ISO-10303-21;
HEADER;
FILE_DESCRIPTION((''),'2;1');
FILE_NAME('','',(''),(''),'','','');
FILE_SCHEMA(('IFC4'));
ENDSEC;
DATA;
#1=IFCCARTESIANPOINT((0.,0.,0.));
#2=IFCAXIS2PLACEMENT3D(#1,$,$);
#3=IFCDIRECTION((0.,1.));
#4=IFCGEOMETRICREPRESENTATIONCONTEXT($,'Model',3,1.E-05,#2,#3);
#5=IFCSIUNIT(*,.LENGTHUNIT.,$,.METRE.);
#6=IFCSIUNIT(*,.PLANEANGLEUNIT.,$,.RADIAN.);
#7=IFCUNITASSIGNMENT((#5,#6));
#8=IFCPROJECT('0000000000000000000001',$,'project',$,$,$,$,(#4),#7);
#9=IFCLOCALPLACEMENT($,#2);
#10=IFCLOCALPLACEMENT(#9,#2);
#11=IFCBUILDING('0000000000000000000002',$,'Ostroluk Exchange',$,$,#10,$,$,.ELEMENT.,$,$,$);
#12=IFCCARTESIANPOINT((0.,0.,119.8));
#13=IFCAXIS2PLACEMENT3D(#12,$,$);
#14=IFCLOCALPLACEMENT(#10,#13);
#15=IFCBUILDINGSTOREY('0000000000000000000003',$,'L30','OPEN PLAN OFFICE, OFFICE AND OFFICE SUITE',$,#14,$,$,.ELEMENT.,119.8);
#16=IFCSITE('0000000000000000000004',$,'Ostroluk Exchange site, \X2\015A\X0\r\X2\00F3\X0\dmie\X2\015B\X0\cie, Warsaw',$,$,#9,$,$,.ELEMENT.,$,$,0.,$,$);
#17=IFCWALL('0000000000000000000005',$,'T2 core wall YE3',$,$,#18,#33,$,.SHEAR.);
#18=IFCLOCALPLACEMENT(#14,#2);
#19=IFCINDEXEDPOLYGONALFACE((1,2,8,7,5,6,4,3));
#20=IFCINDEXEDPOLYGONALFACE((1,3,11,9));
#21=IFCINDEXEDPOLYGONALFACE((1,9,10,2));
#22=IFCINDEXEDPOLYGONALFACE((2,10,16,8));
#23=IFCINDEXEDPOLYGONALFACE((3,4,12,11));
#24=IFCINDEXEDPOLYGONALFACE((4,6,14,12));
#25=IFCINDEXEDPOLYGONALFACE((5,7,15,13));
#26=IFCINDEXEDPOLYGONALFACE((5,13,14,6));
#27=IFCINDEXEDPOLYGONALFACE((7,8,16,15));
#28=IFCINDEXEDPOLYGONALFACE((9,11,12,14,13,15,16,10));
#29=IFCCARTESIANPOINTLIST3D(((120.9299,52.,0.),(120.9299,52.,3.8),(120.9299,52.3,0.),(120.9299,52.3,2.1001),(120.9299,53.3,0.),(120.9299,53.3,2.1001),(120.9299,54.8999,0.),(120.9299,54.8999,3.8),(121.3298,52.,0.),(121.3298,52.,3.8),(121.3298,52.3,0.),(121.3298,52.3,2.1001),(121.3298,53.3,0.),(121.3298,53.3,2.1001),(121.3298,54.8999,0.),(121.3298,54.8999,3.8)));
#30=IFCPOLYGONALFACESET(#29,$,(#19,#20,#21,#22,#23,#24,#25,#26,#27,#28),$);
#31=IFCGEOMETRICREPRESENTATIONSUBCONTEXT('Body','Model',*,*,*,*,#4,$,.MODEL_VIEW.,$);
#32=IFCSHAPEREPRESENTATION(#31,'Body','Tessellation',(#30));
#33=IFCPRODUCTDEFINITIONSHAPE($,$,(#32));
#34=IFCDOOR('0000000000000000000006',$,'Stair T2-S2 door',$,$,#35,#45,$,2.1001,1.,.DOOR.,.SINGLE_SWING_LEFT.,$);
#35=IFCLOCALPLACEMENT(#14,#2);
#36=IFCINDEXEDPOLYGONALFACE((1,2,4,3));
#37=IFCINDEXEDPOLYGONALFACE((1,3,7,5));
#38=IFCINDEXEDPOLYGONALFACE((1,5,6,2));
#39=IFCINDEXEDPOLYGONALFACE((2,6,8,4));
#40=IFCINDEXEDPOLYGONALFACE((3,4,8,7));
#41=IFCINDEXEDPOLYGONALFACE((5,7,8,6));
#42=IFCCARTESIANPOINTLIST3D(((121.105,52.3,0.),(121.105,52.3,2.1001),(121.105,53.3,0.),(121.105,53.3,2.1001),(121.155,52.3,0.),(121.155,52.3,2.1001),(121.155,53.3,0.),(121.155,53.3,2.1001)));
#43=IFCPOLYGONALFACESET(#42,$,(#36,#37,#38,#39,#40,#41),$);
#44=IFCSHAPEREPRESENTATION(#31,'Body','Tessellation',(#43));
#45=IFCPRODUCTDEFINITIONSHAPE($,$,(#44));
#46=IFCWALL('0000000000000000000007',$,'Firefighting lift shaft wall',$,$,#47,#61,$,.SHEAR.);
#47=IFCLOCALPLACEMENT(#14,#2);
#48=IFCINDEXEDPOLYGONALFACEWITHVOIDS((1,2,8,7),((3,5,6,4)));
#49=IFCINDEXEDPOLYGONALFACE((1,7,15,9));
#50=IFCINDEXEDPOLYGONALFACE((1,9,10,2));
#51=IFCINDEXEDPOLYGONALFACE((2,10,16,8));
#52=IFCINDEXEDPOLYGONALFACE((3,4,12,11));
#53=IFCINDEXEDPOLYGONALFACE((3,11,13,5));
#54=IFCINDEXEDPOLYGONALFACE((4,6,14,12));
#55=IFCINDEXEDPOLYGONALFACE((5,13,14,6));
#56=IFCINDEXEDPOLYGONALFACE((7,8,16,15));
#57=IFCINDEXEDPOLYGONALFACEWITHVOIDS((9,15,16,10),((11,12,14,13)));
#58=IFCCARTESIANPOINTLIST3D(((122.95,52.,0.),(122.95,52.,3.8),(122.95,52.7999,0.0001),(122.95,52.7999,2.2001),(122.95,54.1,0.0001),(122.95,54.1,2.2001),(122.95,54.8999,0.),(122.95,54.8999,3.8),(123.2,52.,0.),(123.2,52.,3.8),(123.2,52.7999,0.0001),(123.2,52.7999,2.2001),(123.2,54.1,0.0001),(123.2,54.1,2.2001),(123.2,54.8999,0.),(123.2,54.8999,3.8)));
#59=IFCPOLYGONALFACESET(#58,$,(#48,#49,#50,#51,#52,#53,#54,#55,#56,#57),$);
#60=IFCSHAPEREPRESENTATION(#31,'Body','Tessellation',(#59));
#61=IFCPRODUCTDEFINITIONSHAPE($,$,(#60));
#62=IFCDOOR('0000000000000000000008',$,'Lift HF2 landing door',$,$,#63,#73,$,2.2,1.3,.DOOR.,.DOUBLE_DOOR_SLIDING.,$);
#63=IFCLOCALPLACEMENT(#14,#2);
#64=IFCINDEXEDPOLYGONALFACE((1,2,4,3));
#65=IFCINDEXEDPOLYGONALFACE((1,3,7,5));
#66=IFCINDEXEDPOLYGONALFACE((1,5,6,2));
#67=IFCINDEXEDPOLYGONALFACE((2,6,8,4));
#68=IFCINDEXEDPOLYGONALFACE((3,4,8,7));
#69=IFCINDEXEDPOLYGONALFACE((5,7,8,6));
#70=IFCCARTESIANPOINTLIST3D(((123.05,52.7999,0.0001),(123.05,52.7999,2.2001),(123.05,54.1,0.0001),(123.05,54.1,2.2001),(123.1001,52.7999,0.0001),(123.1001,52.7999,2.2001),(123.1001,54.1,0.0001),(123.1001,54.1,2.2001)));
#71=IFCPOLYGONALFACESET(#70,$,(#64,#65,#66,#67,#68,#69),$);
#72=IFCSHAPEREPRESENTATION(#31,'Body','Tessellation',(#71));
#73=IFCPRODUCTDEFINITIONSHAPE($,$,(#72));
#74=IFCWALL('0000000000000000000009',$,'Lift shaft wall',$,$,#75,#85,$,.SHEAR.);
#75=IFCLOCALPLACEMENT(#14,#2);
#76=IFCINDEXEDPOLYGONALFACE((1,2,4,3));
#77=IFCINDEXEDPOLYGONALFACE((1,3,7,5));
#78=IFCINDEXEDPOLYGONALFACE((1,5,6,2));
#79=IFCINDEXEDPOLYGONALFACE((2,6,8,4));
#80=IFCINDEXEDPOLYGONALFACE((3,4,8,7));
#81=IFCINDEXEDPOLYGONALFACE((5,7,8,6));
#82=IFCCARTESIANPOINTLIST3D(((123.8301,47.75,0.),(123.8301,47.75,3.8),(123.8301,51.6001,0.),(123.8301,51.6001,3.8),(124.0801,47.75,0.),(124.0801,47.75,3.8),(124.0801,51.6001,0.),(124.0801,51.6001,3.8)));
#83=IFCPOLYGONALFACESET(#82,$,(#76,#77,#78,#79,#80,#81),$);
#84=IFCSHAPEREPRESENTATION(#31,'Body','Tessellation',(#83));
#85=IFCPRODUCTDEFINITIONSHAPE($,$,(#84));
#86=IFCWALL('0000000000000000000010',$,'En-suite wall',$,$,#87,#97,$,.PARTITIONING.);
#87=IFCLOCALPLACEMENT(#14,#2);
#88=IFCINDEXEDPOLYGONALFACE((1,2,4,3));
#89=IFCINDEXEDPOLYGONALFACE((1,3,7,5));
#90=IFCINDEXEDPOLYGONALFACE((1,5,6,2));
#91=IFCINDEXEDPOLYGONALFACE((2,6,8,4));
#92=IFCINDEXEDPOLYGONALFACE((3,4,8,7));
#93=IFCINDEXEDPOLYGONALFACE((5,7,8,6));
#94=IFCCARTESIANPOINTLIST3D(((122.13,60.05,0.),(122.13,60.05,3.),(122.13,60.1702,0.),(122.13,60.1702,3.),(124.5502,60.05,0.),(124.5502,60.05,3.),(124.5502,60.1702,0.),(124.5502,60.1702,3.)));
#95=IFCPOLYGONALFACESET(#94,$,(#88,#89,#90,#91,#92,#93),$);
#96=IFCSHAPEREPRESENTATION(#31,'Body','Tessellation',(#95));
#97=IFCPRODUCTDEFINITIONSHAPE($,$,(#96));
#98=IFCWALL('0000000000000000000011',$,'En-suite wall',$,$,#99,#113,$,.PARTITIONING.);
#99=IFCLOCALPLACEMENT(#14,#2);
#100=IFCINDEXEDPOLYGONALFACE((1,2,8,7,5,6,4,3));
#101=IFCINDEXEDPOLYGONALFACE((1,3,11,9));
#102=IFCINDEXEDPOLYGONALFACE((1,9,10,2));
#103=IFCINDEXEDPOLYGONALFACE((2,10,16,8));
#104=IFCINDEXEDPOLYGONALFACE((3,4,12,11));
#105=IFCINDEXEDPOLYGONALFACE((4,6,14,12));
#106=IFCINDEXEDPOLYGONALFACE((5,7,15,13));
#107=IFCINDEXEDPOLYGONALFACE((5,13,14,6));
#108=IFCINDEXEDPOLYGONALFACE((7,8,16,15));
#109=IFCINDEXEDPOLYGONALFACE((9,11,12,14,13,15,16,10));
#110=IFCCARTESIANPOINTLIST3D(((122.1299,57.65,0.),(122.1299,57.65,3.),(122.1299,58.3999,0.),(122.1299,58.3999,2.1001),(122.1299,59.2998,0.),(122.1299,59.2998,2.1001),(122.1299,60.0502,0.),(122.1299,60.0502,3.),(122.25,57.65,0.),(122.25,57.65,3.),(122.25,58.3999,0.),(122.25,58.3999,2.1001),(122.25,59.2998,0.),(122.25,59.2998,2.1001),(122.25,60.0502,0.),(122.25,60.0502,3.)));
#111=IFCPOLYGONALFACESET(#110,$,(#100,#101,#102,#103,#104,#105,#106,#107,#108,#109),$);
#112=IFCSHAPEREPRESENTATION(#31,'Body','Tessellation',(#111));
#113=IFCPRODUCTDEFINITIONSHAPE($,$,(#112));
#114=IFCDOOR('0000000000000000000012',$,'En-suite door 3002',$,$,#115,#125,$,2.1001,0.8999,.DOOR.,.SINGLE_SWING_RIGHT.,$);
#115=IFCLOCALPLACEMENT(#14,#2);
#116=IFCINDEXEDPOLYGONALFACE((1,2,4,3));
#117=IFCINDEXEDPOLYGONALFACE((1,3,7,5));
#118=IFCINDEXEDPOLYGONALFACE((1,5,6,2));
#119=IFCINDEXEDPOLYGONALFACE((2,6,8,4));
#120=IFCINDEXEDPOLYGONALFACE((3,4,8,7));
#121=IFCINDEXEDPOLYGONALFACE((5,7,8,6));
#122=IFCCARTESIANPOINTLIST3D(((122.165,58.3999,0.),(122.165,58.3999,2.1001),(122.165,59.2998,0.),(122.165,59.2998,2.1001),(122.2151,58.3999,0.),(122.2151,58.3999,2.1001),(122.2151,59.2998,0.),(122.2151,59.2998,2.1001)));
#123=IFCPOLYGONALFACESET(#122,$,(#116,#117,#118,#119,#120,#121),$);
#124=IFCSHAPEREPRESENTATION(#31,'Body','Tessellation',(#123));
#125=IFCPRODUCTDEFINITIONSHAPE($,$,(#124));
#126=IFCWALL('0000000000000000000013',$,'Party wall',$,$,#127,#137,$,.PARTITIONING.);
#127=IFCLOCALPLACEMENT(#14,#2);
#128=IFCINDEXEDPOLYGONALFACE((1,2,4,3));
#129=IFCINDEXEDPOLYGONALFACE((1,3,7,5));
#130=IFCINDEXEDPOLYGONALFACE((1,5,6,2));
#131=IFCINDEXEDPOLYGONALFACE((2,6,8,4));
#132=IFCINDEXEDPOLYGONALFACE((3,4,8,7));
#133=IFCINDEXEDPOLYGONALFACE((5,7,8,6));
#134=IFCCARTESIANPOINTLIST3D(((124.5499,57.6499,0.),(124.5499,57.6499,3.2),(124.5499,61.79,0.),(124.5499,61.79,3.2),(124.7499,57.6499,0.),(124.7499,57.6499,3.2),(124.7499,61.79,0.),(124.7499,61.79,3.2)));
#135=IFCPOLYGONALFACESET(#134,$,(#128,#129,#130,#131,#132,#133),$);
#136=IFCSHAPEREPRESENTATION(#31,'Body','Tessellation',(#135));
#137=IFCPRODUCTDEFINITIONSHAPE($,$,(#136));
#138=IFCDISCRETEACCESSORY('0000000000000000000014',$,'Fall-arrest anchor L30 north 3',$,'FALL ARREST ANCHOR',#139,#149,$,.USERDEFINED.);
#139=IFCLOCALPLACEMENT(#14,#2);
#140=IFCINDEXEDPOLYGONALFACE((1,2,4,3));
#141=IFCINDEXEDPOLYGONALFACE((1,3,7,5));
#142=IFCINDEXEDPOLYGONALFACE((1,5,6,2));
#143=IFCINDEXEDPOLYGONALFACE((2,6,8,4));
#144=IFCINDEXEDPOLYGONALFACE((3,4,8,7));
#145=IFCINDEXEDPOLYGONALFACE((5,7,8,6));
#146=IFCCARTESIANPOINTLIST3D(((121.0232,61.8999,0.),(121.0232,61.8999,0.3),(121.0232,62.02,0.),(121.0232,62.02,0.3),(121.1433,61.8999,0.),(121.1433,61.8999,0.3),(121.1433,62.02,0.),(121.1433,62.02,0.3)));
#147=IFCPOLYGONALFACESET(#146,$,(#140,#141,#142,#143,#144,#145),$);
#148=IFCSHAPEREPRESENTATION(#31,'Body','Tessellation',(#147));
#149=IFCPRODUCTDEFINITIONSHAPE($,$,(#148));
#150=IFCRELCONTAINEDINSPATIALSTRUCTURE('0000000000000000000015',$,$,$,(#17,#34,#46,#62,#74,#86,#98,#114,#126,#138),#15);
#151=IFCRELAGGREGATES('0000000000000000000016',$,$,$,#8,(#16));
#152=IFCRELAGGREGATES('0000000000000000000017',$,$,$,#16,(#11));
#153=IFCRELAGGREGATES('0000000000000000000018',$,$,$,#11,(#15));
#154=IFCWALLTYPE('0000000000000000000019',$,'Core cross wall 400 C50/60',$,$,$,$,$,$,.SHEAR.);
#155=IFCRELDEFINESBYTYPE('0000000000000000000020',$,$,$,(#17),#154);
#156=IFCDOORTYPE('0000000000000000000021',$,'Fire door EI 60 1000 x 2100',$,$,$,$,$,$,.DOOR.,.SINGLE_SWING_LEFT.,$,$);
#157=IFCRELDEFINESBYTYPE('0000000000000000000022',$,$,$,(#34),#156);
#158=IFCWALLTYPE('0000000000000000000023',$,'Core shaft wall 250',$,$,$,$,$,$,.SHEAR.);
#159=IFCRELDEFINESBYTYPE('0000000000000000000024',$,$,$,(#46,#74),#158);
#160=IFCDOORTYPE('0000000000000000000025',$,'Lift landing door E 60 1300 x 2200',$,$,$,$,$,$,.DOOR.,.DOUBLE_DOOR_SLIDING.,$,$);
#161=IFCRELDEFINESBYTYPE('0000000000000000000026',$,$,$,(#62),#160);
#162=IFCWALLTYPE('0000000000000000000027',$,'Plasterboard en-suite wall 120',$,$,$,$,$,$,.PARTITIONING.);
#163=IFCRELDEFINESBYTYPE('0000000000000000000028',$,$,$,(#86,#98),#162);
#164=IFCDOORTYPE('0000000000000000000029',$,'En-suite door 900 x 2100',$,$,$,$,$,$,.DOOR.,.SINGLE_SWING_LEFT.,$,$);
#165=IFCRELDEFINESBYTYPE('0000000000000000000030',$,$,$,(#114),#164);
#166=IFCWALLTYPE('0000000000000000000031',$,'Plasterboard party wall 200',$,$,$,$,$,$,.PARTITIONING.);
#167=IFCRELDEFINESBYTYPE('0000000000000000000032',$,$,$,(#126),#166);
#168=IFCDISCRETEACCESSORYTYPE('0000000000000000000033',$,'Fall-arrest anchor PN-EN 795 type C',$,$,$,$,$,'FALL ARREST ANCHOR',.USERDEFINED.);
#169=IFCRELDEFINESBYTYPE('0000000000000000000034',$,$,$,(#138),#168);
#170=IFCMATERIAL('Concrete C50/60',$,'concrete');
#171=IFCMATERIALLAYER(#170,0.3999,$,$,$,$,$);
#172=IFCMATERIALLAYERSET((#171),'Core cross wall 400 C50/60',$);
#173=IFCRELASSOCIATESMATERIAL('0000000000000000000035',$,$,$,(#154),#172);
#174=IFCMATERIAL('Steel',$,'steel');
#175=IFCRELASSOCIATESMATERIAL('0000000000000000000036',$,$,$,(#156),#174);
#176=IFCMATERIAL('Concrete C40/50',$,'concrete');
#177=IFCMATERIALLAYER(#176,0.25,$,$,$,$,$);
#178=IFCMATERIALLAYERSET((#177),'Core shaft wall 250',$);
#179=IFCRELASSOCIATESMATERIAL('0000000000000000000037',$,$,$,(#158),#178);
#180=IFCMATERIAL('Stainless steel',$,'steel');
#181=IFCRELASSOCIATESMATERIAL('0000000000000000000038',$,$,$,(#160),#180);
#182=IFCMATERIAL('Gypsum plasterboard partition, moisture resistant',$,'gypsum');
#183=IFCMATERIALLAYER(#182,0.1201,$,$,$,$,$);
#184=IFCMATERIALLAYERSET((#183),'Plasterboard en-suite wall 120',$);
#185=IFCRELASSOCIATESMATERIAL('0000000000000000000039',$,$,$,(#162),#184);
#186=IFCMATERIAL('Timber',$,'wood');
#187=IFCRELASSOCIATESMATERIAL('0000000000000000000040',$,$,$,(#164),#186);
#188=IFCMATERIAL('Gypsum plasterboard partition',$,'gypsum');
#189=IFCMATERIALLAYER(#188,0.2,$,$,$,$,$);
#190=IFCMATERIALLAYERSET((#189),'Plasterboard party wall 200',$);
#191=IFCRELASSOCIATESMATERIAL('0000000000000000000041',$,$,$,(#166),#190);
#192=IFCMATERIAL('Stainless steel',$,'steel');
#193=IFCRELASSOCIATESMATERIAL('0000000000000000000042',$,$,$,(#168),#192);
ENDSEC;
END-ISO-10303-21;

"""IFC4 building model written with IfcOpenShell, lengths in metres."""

from ifc_helpers import new_model, si_unit, direction, frame, frame_2d, origin, origin_2d, place, context, subcontext, project, spatial, rectangle, extrude, material, layer, layer_set, type_object, element, fill, save


model = new_model("IFC4")

# Units and contexts
model_context = context("Model", 3, precision=1e-05, world=origin(), true_north=direction((0.0, 1.0)))
body_context = subcontext(model_context, "Body", "Model", "MODEL_VIEW")
ifc_project = project(units=[si_unit("LENGTHUNIT", "METRE"), si_unit("PLANEANGLEUNIT", "RADIAN")], contexts=[model_context])

# Site, building, storey
site_placement = place(None, origin())
site = spatial("IfcSite", under=ifc_project, at=site_placement, Name="Ostroluk Exchange site, Śródmieście, Warsaw", CompositionType="ELEMENT", RefElevation=0.0)
building_placement = place(site_placement, origin())
building = spatial("IfcBuilding", under=site, at=building_placement, Name="Ostroluk Exchange", CompositionType="ELEMENT")
storey_placement = place(building_placement, frame((0.0, 0.0, 119.8)))
storey = spatial("IfcBuildingStorey", under=building, at=storey_placement, Name="L30", Description="OPEN PLAN OFFICE, OFFICE AND OFFICE SUITE", CompositionType="ELEMENT", Elevation=119.8)

# Walls, openings, doors
ifc_material_1 = material(Name="Concrete C50/60", Category="concrete")
ifc_layer_1 = layer(ifc_material_1, 0.3999)
ifc_layer_set_1 = layer_set([ifc_layer_1], Name="Core cross wall 400 C50/60")
wall_type_1 = type_object("IfcWallType", Name="Core cross wall 400 C50/60", PredefinedType="SHEAR", material=ifc_layer_set_1)
wall_1_placement = place(storey_placement, frame((121.1299, 52.0, 0.0), z_axis=(0.0, 0.0, 1.0), x_axis=(0.0, 1.0, 0.0)))
wall_1 = element("IfcWall", 1, at=wall_1_placement, inside=storey, type_object=wall_type_1, Name="T2 core wall YE3", PredefinedType="SHEAR", context=body_context, shape_type="SweptSolid", body=[
    extrude(rectangle(XDim=2.8999, YDim=0.3999, at=frame_2d((1.45, 0.0))), origin(), (0.0, 0.0, 1.0), 3.8),
])
opening_1_placement = place(wall_1_placement, frame((0.3, 0.0, 0.0)))
opening_1 = element("IfcOpeningElement", 2, at=opening_1_placement, cuts=wall_1, PredefinedType="OPENING", context=body_context, shape_type="SweptSolid", body=[
    extrude(rectangle(XDim=1.0, YDim=2.1001, at=frame_2d((0.5, 1.05))), frame((0.0, 0.21, 0.0), z_axis=(0.0, -1.0, 0.0), x_axis=(1.0, 0.0, 0.0)), (0.0, 0.0, 1.0), 0.4199),
])
ifc_material_2 = material(Name="Steel", Category="steel")
door_type_1 = type_object("IfcDoorType", Name="Fire door EI 60 1000 x 2100", OperationType="SINGLE_SWING_LEFT", PredefinedType="DOOR", material=ifc_material_2)
door_1_placement = place(opening_1_placement, origin())
door_1 = element("IfcDoor", 3, at=door_1_placement, inside=storey, type_object=door_type_1, Name="Stair T2-S2 door", OperationType="SINGLE_SWING_LEFT", OverallHeight=2.1001, OverallWidth=1.0, PredefinedType="DOOR", context=body_context, shape_type="SweptSolid", body=[
    extrude(rectangle(XDim=1.0, YDim=2.1001, at=frame_2d((0.5, 1.05))), frame((0.0, 0.0249, 0.0), z_axis=(0.0, -1.0, 0.0), x_axis=(1.0, 0.0, 0.0)), (0.0, 0.0, 1.0), 0.05),
])
fill(opening_1, door_1)
ifc_material_3 = material(Name="Concrete C40/50", Category="concrete")
ifc_layer_2 = layer(ifc_material_3, 0.25)
ifc_layer_set_2 = layer_set([ifc_layer_2], Name="Core shaft wall 250")
wall_type_2 = type_object("IfcWallType", Name="Core shaft wall 250", PredefinedType="SHEAR", material=ifc_layer_set_2)
wall_2_placement = place(storey_placement, frame((123.075, 52.0, 0.0), z_axis=(0.0, 0.0, 1.0), x_axis=(0.0, 1.0, 0.0)))
wall_2 = element("IfcWall", 4, at=wall_2_placement, inside=storey, type_object=wall_type_2, Name="Firefighting lift shaft wall", PredefinedType="SHEAR", context=body_context, shape_type="SweptSolid", body=[
    extrude(rectangle(XDim=2.8999, YDim=0.25, at=frame_2d((1.45, 0.0))), origin(), (0.0, 0.0, 1.0), 3.8),
])
opening_2_placement = place(wall_2_placement, frame((0.8, 0.0, 0.0)))
opening_2 = element("IfcOpeningElement", 5, at=opening_2_placement, cuts=wall_2, PredefinedType="OPENING", context=body_context, shape_type="SweptSolid", body=[
    extrude(rectangle(XDim=1.3, YDim=2.2, at=frame_2d((0.6499, 1.1001))), frame((0.0, 0.135, 0.0), z_axis=(0.0, -1.0, 0.0), x_axis=(1.0, 0.0, 0.0)), (0.0, 0.0, 1.0), 0.27),
])
ifc_material_4 = material(Name="Stainless steel", Category="steel")
door_type_2 = type_object("IfcDoorType", Name="Lift landing door E 60 1300 x 2200", OperationType="DOUBLE_DOOR_SLIDING", PredefinedType="DOOR", material=ifc_material_4)
door_2_placement = place(opening_2_placement, origin())
door_2 = element("IfcDoor", 6, at=door_2_placement, inside=storey, type_object=door_type_2, Name="Lift HF2 landing door", OperationType="DOUBLE_DOOR_SLIDING", OverallHeight=2.2, OverallWidth=1.3, PredefinedType="DOOR", context=body_context, shape_type="SweptSolid", body=[
    extrude(rectangle(XDim=1.3, YDim=2.2, at=frame_2d((0.6499, 1.1001))), frame((0.0, 0.0249, 0.0), z_axis=(0.0, -1.0, 0.0), x_axis=(1.0, 0.0, 0.0)), (0.0, 0.0, 1.0), 0.05),
])
fill(opening_2, door_2)

# Wall
wall_3_placement = place(storey_placement, frame((123.9551, 47.75, 0.0), z_axis=(0.0, 0.0, 1.0), x_axis=(0.0, 1.0, 0.0)))
element("IfcWall", 7, at=wall_3_placement, inside=storey, type_object=wall_type_2, Name="Lift shaft wall", PredefinedType="SHEAR", context=body_context, shape_type="SweptSolid", body=[
    extrude(rectangle(XDim=3.8501, YDim=0.25, at=frame_2d((1.925, 0.0))), origin(), (0.0, 0.0, 1.0), 3.8),
])

# Wall
ifc_material_5 = material(Name="Gypsum plasterboard partition, moisture resistant", Category="gypsum")
ifc_layer_3 = layer(ifc_material_5, 0.1201)
ifc_layer_set_3 = layer_set([ifc_layer_3], Name="Plasterboard en-suite wall 120")
wall_type_3 = type_object("IfcWallType", Name="Plasterboard en-suite wall 120", PredefinedType="PARTITIONING", material=ifc_layer_set_3)
wall_4_placement = place(storey_placement, frame((124.55, 60.1101, 0.0), z_axis=(0.0, 0.0, 1.0), x_axis=(-1.0, 0.0, 0.0)))
element("IfcWall", 8, at=wall_4_placement, inside=storey, type_object=wall_type_3, Name="En-suite wall", PredefinedType="PARTITIONING", context=body_context, shape_type="SweptSolid", body=[
    extrude(rectangle(XDim=2.4202, YDim=0.1201, at=frame_2d((1.21, 0.0))), origin(), (0.0, 0.0, 1.0), 3.0),
])

# Wall, opening, door
wall_5_placement = place(storey_placement, frame((122.1899, 57.6499, 0.0), z_axis=(0.0, 0.0, 1.0), x_axis=(0.0, 1.0, 0.0)))
wall_5 = element("IfcWall", 9, at=wall_5_placement, inside=storey, type_object=wall_type_3, Name="En-suite wall", PredefinedType="PARTITIONING", context=body_context, shape_type="SweptSolid", body=[
    extrude(rectangle(XDim=2.4001, YDim=0.1201, at=frame_2d((1.2002, 0.0))), origin(), (0.0, 0.0, 1.0), 3.0),
])
opening_3_placement = place(wall_5_placement, frame((0.75, 0.0, 0.0)))
opening_3 = element("IfcOpeningElement", 10, at=opening_3_placement, cuts=wall_5, PredefinedType="OPENING", context=body_context, shape_type="SweptSolid", body=[
    extrude(rectangle(XDim=0.8999, YDim=2.1001, at=frame_2d((0.45, 1.05))), frame((0.0, 0.0701, 0.0), z_axis=(0.0, -1.0, 0.0), x_axis=(1.0, 0.0, 0.0)), (0.0, 0.0, 1.0), 0.1401),
])
ifc_material_6 = material(Name="Timber", Category="wood")
door_type_3 = type_object("IfcDoorType", Name="En-suite door 900 x 2100", OperationType="SINGLE_SWING_LEFT", PredefinedType="DOOR", material=ifc_material_6)
door_3_placement = place(opening_3_placement, origin())
door_3 = element("IfcDoor", 11, at=door_3_placement, inside=storey, type_object=door_type_3, Name="En-suite door 3002", OperationType="SINGLE_SWING_RIGHT", OverallHeight=2.1001, OverallWidth=0.8999, PredefinedType="DOOR", context=body_context, shape_type="SweptSolid", body=[
    extrude(rectangle(XDim=0.8999, YDim=2.1001, at=frame_2d((0.45, 1.05))), frame((0.0, 0.0249, 0.0), z_axis=(0.0, -1.0, 0.0), x_axis=(1.0, 0.0, 0.0)), (0.0, 0.0, 1.0), 0.05),
])
fill(opening_3, door_3)

# Wall
ifc_material_7 = material(Name="Gypsum plasterboard partition", Category="gypsum")
ifc_layer_4 = layer(ifc_material_7, 0.2)
ifc_layer_set_4 = layer_set([ifc_layer_4], Name="Plasterboard party wall 200")
wall_type_4 = type_object("IfcWallType", Name="Plasterboard party wall 200", PredefinedType="PARTITIONING", material=ifc_layer_set_4)
wall_6_placement = place(storey_placement, frame((124.6499, 57.6499, 0.0), z_axis=(0.0, 0.0, 1.0), x_axis=(0.0, 1.0, 0.0)))
element("IfcWall", 12, at=wall_6_placement, inside=storey, type_object=wall_type_4, Name="Party wall", PredefinedType="PARTITIONING", context=body_context, shape_type="SweptSolid", body=[
    extrude(rectangle(XDim=4.1401, YDim=0.2, at=frame_2d((2.0701, 0.0))), origin(), (0.0, 0.0, 1.0), 3.2),
])

# Discrete accessory
ifc_material_8 = material(Name="Stainless steel", Category="steel")
discrete_accessory_type = type_object("IfcDiscreteAccessoryType", Name="Fall-arrest anchor PN-EN 795 type C", ElementType="FALL ARREST ANCHOR", PredefinedType="USERDEFINED", material=ifc_material_8)
discrete_accessory_placement = place(storey_placement, frame((121.0833, 61.96, 0.0), z_axis=(0.0, 0.0, 1.0), x_axis=(1.0, 0.0, 0.0)))
element("IfcDiscreteAccessory", 13, at=discrete_accessory_placement, inside=storey, type_object=discrete_accessory_type, Name="Fall-arrest anchor L30 north 3", ObjectType="FALL ARREST ANCHOR", PredefinedType="USERDEFINED", context=body_context, shape_type="SweptSolid", body=[
    extrude(rectangle(XDim=0.1201, YDim=0.1201, at=origin_2d()), origin(), (0.0, 0.0, 1.0), 0.3),
])

save(model, "model.ifc")
